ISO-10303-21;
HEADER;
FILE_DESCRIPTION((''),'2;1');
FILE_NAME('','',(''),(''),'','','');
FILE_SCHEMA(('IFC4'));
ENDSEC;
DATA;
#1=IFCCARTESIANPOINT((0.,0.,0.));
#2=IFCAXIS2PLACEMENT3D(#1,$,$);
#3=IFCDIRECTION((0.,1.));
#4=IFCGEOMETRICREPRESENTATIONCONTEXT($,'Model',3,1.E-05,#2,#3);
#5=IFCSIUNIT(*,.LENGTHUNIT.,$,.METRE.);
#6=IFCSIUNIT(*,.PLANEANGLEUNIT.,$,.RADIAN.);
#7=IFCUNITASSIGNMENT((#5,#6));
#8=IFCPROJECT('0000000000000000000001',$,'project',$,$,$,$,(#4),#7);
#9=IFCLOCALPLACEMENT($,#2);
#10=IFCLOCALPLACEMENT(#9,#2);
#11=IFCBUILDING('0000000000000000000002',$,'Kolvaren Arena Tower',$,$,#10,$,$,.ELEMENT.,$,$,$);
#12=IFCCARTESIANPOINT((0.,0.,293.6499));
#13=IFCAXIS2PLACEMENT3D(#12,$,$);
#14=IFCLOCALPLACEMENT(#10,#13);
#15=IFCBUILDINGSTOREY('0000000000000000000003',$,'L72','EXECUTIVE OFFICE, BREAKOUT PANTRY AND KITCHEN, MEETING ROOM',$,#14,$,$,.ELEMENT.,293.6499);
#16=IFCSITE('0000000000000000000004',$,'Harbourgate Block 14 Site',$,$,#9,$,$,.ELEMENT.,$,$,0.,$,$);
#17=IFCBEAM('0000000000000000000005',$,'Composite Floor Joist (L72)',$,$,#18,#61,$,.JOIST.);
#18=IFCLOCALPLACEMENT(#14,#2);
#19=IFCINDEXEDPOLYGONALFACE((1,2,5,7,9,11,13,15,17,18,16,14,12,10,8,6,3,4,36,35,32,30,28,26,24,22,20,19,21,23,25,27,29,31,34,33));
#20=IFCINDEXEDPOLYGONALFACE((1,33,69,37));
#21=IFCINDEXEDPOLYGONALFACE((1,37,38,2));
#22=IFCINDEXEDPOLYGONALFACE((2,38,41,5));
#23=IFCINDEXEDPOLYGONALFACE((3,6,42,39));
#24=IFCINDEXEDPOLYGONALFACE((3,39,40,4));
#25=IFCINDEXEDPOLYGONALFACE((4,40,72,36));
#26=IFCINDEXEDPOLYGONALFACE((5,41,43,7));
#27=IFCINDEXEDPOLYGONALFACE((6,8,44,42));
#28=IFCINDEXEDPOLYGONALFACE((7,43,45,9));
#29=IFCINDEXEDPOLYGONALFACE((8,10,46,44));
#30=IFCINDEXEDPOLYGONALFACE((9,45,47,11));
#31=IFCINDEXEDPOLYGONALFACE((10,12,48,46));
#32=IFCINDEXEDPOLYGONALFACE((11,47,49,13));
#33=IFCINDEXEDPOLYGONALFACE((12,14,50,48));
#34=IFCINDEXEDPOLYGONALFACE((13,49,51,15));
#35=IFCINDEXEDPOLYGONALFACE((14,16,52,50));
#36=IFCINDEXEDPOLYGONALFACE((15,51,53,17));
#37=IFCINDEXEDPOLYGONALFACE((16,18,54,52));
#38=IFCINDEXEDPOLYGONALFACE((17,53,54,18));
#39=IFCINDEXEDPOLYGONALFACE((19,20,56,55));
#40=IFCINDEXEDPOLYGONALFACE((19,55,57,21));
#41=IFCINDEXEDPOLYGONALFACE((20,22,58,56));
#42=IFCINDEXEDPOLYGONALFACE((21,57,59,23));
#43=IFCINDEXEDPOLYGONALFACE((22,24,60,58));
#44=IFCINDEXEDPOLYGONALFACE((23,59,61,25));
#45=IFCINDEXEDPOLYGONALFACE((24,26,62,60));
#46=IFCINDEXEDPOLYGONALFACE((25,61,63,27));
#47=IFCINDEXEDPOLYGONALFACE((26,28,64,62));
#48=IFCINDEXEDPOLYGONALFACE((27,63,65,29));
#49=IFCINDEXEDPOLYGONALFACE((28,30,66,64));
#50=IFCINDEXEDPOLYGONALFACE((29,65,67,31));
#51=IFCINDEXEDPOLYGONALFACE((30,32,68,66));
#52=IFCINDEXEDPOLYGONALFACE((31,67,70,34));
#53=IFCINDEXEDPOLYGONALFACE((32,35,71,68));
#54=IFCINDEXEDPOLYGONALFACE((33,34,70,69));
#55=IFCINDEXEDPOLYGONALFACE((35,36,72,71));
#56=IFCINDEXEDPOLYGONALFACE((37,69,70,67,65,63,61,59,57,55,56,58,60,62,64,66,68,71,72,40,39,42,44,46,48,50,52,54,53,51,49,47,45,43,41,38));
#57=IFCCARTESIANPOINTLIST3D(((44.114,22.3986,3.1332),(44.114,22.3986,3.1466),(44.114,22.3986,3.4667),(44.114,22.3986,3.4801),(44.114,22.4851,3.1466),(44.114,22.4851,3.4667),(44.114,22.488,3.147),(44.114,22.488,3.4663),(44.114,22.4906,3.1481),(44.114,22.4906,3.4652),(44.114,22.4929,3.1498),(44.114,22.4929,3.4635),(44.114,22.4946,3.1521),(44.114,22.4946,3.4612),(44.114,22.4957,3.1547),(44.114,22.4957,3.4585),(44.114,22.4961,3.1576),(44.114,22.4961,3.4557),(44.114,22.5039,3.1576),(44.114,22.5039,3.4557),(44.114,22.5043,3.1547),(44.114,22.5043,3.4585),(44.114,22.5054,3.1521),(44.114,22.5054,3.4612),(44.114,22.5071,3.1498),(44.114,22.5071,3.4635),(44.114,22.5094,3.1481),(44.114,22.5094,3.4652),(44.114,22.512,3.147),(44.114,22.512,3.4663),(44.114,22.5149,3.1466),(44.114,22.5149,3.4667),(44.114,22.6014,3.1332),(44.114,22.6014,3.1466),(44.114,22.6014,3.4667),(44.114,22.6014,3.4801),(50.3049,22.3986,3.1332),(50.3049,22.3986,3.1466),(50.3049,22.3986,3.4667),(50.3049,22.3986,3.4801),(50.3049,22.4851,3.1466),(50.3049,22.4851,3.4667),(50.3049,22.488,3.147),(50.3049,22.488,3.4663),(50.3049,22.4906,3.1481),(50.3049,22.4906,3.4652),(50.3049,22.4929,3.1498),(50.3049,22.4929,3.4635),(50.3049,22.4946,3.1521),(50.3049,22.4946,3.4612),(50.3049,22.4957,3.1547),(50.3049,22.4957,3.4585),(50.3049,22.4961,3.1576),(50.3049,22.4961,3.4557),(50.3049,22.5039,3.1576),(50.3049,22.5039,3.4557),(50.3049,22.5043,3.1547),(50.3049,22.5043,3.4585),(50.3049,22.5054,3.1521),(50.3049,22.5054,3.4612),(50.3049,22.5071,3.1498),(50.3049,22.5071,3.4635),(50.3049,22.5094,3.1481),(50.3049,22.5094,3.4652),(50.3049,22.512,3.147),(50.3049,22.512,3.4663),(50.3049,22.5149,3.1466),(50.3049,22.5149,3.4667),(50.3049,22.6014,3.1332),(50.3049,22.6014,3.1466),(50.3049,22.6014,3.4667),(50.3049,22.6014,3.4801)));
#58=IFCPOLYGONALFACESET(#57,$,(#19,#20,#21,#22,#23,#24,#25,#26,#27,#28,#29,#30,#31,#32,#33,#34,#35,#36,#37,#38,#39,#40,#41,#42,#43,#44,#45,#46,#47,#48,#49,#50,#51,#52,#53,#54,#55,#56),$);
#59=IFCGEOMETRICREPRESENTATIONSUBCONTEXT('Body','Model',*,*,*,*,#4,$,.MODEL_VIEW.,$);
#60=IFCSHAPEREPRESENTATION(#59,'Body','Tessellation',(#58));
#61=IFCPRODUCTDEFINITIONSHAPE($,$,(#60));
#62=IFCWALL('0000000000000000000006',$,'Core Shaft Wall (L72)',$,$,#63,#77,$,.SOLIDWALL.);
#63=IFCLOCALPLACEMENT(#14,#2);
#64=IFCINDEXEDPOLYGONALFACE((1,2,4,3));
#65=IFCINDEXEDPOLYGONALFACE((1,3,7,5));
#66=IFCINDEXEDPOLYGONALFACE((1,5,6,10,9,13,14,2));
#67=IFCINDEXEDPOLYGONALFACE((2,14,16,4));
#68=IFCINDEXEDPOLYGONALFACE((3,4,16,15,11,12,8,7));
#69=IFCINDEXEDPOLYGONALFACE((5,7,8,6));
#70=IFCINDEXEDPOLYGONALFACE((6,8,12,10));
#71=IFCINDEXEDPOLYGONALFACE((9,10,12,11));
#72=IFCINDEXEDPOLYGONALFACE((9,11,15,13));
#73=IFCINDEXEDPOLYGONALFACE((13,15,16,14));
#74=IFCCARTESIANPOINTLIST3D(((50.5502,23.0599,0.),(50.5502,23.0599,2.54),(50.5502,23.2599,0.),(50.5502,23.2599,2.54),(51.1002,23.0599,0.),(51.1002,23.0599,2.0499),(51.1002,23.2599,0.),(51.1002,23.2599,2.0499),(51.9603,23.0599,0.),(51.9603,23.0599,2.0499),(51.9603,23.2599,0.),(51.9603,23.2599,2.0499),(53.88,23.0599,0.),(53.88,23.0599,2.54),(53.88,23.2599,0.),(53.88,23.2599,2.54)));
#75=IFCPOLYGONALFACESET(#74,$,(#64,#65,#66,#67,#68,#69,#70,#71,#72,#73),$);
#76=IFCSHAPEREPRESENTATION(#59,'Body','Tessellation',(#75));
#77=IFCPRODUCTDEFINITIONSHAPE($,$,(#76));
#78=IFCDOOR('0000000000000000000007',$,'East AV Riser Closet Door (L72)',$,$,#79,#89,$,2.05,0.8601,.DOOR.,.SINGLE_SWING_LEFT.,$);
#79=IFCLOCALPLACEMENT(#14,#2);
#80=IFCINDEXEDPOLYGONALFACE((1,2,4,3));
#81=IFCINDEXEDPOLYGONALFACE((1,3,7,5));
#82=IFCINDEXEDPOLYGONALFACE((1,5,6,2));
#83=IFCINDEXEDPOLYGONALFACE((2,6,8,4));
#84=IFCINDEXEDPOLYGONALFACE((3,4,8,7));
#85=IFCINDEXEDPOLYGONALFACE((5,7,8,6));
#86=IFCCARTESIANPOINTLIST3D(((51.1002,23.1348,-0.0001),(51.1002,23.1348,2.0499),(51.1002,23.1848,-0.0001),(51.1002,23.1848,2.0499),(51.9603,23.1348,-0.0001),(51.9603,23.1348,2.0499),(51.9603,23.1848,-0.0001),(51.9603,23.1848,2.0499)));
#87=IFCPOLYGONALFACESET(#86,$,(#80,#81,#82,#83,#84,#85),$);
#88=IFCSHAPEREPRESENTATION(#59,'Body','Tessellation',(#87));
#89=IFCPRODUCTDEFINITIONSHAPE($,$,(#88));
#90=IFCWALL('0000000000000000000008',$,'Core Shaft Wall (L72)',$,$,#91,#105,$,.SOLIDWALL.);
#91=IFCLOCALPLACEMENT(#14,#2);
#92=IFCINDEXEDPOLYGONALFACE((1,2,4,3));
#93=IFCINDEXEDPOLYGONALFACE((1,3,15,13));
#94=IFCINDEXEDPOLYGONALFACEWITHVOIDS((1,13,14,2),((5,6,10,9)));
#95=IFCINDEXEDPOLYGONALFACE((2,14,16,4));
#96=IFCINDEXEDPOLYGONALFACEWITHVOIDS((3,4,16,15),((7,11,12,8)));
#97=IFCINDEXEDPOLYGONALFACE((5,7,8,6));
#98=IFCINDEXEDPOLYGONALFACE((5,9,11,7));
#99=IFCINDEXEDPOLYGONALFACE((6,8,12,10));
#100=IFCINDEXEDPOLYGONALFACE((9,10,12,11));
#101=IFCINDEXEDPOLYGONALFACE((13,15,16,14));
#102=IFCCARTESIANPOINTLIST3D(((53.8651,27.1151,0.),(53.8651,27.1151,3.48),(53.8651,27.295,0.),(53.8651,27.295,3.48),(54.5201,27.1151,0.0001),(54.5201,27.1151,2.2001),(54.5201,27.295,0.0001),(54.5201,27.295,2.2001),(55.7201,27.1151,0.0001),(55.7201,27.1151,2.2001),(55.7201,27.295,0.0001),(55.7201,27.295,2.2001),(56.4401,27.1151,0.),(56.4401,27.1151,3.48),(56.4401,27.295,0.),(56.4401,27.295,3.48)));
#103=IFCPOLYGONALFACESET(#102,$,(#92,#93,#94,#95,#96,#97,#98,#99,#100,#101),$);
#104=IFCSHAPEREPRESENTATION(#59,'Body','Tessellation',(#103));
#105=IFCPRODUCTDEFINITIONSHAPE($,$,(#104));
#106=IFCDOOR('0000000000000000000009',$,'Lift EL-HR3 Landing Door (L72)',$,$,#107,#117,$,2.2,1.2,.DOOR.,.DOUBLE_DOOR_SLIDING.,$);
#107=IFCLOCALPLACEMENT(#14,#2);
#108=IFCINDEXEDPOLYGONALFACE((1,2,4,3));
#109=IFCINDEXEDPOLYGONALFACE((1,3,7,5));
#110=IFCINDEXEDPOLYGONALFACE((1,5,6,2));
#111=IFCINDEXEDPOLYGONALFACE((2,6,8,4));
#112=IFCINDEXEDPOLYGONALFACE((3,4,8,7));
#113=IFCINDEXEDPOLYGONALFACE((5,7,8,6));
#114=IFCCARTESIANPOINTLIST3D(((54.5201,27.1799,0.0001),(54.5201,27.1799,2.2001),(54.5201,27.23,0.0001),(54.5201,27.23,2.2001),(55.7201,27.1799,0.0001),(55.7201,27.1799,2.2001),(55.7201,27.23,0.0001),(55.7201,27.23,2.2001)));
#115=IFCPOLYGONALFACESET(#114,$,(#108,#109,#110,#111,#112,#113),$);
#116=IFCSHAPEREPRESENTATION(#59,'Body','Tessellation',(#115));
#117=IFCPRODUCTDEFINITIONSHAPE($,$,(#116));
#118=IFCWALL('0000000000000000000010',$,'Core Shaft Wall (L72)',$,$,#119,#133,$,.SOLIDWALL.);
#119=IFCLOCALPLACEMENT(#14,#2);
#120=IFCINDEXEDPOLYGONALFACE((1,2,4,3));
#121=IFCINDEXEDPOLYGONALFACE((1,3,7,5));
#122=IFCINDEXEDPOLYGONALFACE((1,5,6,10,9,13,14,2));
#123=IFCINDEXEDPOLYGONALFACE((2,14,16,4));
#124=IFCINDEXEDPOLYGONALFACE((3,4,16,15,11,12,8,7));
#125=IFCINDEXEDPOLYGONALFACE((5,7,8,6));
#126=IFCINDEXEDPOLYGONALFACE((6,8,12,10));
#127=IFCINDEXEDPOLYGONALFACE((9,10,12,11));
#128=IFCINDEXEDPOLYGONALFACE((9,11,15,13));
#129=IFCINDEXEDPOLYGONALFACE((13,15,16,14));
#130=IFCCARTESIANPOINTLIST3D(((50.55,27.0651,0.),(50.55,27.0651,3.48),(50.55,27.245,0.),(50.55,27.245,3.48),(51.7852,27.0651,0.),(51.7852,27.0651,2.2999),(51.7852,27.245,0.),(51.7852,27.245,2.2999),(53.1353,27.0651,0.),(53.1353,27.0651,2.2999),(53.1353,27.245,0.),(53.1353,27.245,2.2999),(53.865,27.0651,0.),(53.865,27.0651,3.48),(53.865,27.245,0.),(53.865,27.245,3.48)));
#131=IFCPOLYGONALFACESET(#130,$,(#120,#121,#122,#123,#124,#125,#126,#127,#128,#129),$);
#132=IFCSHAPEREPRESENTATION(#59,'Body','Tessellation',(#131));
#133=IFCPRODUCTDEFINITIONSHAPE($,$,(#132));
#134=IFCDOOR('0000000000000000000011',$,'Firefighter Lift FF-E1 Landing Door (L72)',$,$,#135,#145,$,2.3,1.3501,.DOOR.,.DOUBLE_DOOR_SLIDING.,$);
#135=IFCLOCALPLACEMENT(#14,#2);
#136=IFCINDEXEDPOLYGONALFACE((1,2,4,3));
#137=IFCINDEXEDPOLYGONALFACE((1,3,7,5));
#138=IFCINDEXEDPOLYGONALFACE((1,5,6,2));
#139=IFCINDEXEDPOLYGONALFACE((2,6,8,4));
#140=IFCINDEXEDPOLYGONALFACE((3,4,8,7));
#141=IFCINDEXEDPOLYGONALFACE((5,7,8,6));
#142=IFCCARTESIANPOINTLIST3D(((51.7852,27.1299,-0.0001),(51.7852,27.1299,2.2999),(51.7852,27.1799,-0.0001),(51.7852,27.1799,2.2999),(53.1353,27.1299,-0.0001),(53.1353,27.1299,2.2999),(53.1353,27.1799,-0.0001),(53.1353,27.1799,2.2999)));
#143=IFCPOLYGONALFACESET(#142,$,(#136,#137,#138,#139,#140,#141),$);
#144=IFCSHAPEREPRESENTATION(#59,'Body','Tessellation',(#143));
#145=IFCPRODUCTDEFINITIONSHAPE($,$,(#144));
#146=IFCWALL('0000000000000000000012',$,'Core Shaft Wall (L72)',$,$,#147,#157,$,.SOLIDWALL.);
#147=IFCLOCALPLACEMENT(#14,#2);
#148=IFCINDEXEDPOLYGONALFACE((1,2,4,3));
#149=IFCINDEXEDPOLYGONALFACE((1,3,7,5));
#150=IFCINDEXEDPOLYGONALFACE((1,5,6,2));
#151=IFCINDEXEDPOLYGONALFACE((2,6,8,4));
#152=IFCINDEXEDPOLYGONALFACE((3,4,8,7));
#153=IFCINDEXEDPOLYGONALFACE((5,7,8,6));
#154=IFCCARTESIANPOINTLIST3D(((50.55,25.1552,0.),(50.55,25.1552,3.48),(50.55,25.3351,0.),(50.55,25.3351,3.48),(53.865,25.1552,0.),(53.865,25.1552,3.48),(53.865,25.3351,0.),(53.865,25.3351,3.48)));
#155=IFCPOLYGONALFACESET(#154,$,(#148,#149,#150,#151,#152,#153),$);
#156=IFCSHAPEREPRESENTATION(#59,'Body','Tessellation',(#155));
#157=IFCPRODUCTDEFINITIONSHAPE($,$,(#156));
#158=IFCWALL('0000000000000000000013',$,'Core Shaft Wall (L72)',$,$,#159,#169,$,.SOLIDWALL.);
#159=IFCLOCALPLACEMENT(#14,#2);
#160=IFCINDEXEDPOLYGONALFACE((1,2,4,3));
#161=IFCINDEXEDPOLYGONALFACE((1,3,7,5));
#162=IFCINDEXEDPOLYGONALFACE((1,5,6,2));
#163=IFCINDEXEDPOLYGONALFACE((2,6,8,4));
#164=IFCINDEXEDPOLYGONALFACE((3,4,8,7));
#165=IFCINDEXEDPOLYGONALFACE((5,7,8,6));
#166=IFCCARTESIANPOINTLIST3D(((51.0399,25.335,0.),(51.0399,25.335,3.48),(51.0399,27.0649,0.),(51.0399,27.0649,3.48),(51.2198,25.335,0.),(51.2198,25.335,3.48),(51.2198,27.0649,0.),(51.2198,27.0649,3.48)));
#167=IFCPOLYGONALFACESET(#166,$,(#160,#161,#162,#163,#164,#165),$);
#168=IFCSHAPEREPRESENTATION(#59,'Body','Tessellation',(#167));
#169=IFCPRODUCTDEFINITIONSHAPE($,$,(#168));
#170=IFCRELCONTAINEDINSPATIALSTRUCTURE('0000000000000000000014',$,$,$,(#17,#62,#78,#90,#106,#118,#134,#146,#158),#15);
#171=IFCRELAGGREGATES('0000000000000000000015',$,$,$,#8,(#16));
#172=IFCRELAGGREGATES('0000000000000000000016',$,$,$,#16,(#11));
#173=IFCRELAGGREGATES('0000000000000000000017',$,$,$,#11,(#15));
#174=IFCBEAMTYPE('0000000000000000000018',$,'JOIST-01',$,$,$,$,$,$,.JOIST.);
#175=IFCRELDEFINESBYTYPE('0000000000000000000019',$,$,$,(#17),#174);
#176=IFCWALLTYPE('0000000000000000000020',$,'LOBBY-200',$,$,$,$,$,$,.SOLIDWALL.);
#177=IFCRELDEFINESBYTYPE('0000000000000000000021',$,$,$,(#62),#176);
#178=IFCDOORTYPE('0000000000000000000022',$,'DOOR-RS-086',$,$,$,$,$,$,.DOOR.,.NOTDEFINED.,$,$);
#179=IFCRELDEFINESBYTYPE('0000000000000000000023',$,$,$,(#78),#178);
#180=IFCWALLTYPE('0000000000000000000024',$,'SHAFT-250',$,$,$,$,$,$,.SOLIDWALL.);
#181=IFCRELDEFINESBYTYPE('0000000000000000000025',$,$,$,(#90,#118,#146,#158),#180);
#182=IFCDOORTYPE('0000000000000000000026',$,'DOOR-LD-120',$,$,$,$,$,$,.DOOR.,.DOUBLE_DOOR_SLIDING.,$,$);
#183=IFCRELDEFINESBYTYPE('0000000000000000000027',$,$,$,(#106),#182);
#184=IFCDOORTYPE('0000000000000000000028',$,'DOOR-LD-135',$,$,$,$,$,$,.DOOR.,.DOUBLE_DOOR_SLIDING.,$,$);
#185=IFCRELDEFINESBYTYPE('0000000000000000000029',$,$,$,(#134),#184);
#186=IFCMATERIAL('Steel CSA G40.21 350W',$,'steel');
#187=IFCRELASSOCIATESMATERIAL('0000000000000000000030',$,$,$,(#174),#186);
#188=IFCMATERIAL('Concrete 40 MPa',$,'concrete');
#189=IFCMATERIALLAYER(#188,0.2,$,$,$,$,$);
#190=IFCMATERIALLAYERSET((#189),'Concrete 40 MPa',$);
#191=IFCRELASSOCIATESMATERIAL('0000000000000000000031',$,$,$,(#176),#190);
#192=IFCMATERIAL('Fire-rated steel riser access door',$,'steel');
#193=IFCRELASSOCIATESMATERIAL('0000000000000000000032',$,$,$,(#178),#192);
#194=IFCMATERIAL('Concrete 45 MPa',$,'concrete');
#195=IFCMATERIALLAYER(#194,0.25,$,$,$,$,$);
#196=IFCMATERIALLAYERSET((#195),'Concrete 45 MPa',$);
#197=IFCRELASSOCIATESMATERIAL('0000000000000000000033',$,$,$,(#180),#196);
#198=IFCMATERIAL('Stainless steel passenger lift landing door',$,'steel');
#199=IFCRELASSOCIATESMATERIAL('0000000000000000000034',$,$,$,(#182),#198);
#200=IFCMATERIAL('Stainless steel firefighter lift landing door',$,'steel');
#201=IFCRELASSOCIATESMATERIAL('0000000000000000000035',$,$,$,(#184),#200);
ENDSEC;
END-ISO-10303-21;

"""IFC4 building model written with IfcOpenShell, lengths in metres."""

from ifc_helpers import new_model, si_unit, direction, frame, frame_2d, origin, origin_2d, place, context, subcontext, project, spatial, rectangle, i_section, extrude, material, layer, layer_set, material_profile, profile_set, type_object, element, fill, save


model = new_model("IFC4")

# Units and contexts
model_context = context("Model", 3, precision=1e-05, world=origin(), true_north=direction((0.0, 1.0)))
body_context = subcontext(model_context, "Body", "Model", "MODEL_VIEW")
ifc_project = project(units=[si_unit("LENGTHUNIT", "METRE"), si_unit("PLANEANGLEUNIT", "RADIAN")], contexts=[model_context])

# Site, building, storey
site_placement = place(None, origin())
site = spatial("IfcSite", under=ifc_project, at=site_placement, Name="Harbourgate Block 14 Site", CompositionType="ELEMENT", RefElevation=0.0)
building_placement = place(site_placement, origin())
building = spatial("IfcBuilding", under=site, at=building_placement, Name="Kolvaren Arena Tower", CompositionType="ELEMENT")
storey_placement = place(building_placement, frame((0.0, 0.0, 293.6499)))
storey = spatial("IfcBuildingStorey", under=building, at=storey_placement, Name="L72", Description="EXECUTIVE OFFICE, BREAKOUT PANTRY AND KITCHEN, MEETING ROOM", CompositionType="ELEMENT", Elevation=293.6499)

# Beam
ifc_material_1 = material(Name="Steel CSA G40.21 350W", Category="steel")
ifc_material_profile_1 = material_profile(ifc_material_1, i_section(OverallWidth=0.2029, OverallDepth=0.3469, WebThickness=0.0078, FlangeThickness=0.0134, FilletRadius=0.011, at=origin_2d()), Name="W360x64")
ifc_profile_set_1 = profile_set([ifc_material_profile_1], Name="Steel CSA G40.21 350W")
beam_type_1 = type_object("IfcBeamType", Name="JOIST-01", PredefinedType="JOIST", material=ifc_profile_set_1)
beam_1_placement = place(storey_placement, frame((44.114, 22.5, 3.3066), z_axis=(1.0, 0.0, 0.0), x_axis=(0.0, 1.0, 0.0)))
element("IfcBeam", 1, at=beam_1_placement, inside=storey, type_object=beam_type_1, Name="Composite Floor Joist (L72)", PredefinedType="JOIST", context=body_context, shape_type="SweptSolid", body=[
    extrude(i_section(OverallWidth=0.2029, OverallDepth=0.3469, WebThickness=0.0078, FlangeThickness=0.0134, FilletRadius=0.011, at=origin_2d()), origin(), (0.0, 0.0, 1.0), 6.1909),
])

# Shared definitions
ifc_material_2 = material(Name="Concrete 40 MPa", Category="concrete")
ifc_layer_1 = layer(ifc_material_2, 0.2)
ifc_layer_set_1 = layer_set([ifc_layer_1], Name="Concrete 40 MPa")
wall_type_1 = type_object("IfcWallType", Name="LOBBY-200", PredefinedType="SOLIDWALL", material=ifc_layer_set_1)

# Walls, openings, doors
wall_1_placement = place(storey_placement, frame((50.55, 23.1599, 0.0), z_axis=(0.0, 0.0, 1.0), x_axis=(1.0, 0.0, 0.0)))
wall_1 = element("IfcWall", 2, at=wall_1_placement, inside=storey, type_object=wall_type_1, Name="Core Shaft Wall (L72)", PredefinedType="SOLIDWALL", context=body_context, shape_type="SweptSolid", body=[
    extrude(rectangle(XDim=3.3298, YDim=0.2, at=frame_2d((1.665, 0.0))), origin(), (0.0, 0.0, 1.0), 2.54),
])
opening_1_placement = place(wall_1_placement, frame((0.55, 0.0, 0.0)))
opening_1 = element("IfcOpeningElement", 3, at=opening_1_placement, cuts=wall_1, PredefinedType="OPENING", context=body_context, shape_type="SweptSolid", body=[
    extrude(rectangle(XDim=0.8601, YDim=2.05, at=frame_2d((0.4302, 1.0249))), frame((0.0, 0.1099, 0.0), z_axis=(0.0, -1.0, 0.0), x_axis=(1.0, 0.0, 0.0)), (0.0, 0.0, 1.0), 0.22),
])
ifc_material_3 = material(Name="Fire-rated steel riser access door", Category="steel")
door_type_1 = type_object("IfcDoorType", Name="DOOR-RS-086", OperationType="NOTDEFINED", PredefinedType="DOOR", material=ifc_material_3)
door_1_placement = place(opening_1_placement, origin())
door_1 = element("IfcDoor", 4, at=door_1_placement, inside=storey, type_object=door_type_1, Name="East AV Riser Closet Door (L72)", OperationType="SINGLE_SWING_LEFT", OverallHeight=2.05, OverallWidth=0.8601, PredefinedType="DOOR", context=body_context, shape_type="SweptSolid", body=[
    extrude(rectangle(XDim=0.8601, YDim=2.05, at=frame_2d((0.4302, 1.0249))), frame((0.0, 0.0249, 0.0), z_axis=(0.0, -1.0, 0.0), x_axis=(1.0, 0.0, 0.0)), (0.0, 0.0, 1.0), 0.05),
])
fill(opening_1, door_1)
ifc_material_4 = material(Name="Concrete 45 MPa", Category="concrete")
ifc_layer_2 = layer(ifc_material_4, 0.25)
ifc_layer_set_2 = layer_set([ifc_layer_2], Name="Concrete 45 MPa")
wall_type_2 = type_object("IfcWallType", Name="SHAFT-250", PredefinedType="SOLIDWALL", material=ifc_layer_set_2)
wall_2_placement = place(storey_placement, frame((53.865, 27.2051, 0.0), z_axis=(0.0, 0.0, 1.0), x_axis=(1.0, 0.0, 0.0)))
wall_2 = element("IfcWall", 5, at=wall_2_placement, inside=storey, type_object=wall_type_2, Name="Core Shaft Wall (L72)", PredefinedType="SOLIDWALL", context=body_context, shape_type="SweptSolid", body=[
    extrude(rectangle(XDim=2.575, YDim=0.1799, at=frame_2d((1.2876, 0.0))), origin(), (0.0, 0.0, 1.0), 3.48),
])
opening_2_placement = place(wall_2_placement, frame((0.655, 0.0, 0.0)))
opening_2 = element("IfcOpeningElement", 6, at=opening_2_placement, cuts=wall_2, PredefinedType="OPENING", context=body_context, shape_type="SweptSolid", body=[
    extrude(rectangle(XDim=1.2, YDim=2.2, at=frame_2d((0.6001, 1.1001))), frame((0.0, 0.0999, 0.0), z_axis=(0.0, -1.0, 0.0), x_axis=(1.0, 0.0, 0.0)), (0.0, 0.0, 1.0), 0.2),
])
ifc_material_5 = material(Name="Stainless steel passenger lift landing door", Category="steel")
door_type_2 = type_object("IfcDoorType", Name="DOOR-LD-120", OperationType="DOUBLE_DOOR_SLIDING", PredefinedType="DOOR", material=ifc_material_5)
door_2_placement = place(opening_2_placement, origin())
door_2 = element("IfcDoor", 7, at=door_2_placement, inside=storey, type_object=door_type_2, Name="Lift EL-HR3 Landing Door (L72)", OperationType="DOUBLE_DOOR_SLIDING", OverallHeight=2.2, OverallWidth=1.2, PredefinedType="DOOR", context=body_context, shape_type="SweptSolid", body=[
    extrude(rectangle(XDim=1.2, YDim=2.2, at=frame_2d((0.6001, 1.1001))), frame((0.0, 0.0249, 0.0), z_axis=(0.0, -1.0, 0.0), x_axis=(1.0, 0.0, 0.0)), (0.0, 0.0, 1.0), 0.05),
])
fill(opening_2, door_2)
wall_3_placement = place(storey_placement, frame((50.55, 27.155, 0.0), z_axis=(0.0, 0.0, 1.0), x_axis=(1.0, 0.0, 0.0)))
wall_3 = element("IfcWall", 8, at=wall_3_placement, inside=storey, type_object=wall_type_2, Name="Core Shaft Wall (L72)", PredefinedType="SOLIDWALL", context=body_context, shape_type="SweptSolid", body=[
    extrude(rectangle(XDim=3.3149, YDim=0.1799, at=frame_2d((1.6575, 0.0))), origin(), (0.0, 0.0, 1.0), 3.48),
])
opening_3_placement = place(wall_3_placement, frame((1.2351, 0.0, 0.0)))
opening_3 = element("IfcOpeningElement", 9, at=opening_3_placement, cuts=wall_3, PredefinedType="OPENING", context=body_context, shape_type="SweptSolid", body=[
    extrude(rectangle(XDim=1.3501, YDim=2.3, at=frame_2d((0.675, 1.1499))), frame((0.0, 0.0999, 0.0), z_axis=(0.0, -1.0, 0.0), x_axis=(1.0, 0.0, 0.0)), (0.0, 0.0, 1.0), 0.2),
])
ifc_material_6 = material(Name="Stainless steel firefighter lift landing door", Category="steel")
door_type_3 = type_object("IfcDoorType", Name="DOOR-LD-135", OperationType="DOUBLE_DOOR_SLIDING", PredefinedType="DOOR", material=ifc_material_6)
door_3_placement = place(opening_3_placement, origin())
door_3 = element("IfcDoor", 10, at=door_3_placement, inside=storey, type_object=door_type_3, Name="Firefighter Lift FF-E1 Landing Door (L72)", OperationType="DOUBLE_DOOR_SLIDING", OverallHeight=2.3, OverallWidth=1.3501, PredefinedType="DOOR", context=body_context, shape_type="SweptSolid", body=[
    extrude(rectangle(XDim=1.3501, YDim=2.3, at=frame_2d((0.675, 1.1499))), frame((0.0, 0.0249, 0.0), z_axis=(0.0, -1.0, 0.0), x_axis=(1.0, 0.0, 0.0)), (0.0, 0.0, 1.0), 0.05),
])
fill(opening_3, door_3)

# Walls
wall_4_placement = place(storey_placement, frame((50.55, 25.2451, 0.0), z_axis=(0.0, 0.0, 1.0), x_axis=(1.0, 0.0, 0.0)))
element("IfcWall", 11, at=wall_4_placement, inside=storey, type_object=wall_type_2, Name="Core Shaft Wall (L72)", PredefinedType="SOLIDWALL", context=body_context, shape_type="SweptSolid", body=[
    extrude(rectangle(XDim=3.3149, YDim=0.1799, at=frame_2d((1.6575, 0.0))), origin(), (0.0, 0.0, 1.0), 3.48),
])
wall_5_placement = place(storey_placement, frame((51.1299, 25.335, 0.0), z_axis=(0.0, 0.0, 1.0), x_axis=(0.0, 1.0, 0.0)))
element("IfcWall", 12, at=wall_5_placement, inside=storey, type_object=wall_type_2, Name="Core Shaft Wall (L72)", PredefinedType="SOLIDWALL", context=body_context, shape_type="SweptSolid", body=[
    extrude(rectangle(XDim=1.73, YDim=0.1799, at=frame_2d((0.865, 0.0))), origin(), (0.0, 0.0, 1.0), 3.48),
])

save(model, "model.ifc")
